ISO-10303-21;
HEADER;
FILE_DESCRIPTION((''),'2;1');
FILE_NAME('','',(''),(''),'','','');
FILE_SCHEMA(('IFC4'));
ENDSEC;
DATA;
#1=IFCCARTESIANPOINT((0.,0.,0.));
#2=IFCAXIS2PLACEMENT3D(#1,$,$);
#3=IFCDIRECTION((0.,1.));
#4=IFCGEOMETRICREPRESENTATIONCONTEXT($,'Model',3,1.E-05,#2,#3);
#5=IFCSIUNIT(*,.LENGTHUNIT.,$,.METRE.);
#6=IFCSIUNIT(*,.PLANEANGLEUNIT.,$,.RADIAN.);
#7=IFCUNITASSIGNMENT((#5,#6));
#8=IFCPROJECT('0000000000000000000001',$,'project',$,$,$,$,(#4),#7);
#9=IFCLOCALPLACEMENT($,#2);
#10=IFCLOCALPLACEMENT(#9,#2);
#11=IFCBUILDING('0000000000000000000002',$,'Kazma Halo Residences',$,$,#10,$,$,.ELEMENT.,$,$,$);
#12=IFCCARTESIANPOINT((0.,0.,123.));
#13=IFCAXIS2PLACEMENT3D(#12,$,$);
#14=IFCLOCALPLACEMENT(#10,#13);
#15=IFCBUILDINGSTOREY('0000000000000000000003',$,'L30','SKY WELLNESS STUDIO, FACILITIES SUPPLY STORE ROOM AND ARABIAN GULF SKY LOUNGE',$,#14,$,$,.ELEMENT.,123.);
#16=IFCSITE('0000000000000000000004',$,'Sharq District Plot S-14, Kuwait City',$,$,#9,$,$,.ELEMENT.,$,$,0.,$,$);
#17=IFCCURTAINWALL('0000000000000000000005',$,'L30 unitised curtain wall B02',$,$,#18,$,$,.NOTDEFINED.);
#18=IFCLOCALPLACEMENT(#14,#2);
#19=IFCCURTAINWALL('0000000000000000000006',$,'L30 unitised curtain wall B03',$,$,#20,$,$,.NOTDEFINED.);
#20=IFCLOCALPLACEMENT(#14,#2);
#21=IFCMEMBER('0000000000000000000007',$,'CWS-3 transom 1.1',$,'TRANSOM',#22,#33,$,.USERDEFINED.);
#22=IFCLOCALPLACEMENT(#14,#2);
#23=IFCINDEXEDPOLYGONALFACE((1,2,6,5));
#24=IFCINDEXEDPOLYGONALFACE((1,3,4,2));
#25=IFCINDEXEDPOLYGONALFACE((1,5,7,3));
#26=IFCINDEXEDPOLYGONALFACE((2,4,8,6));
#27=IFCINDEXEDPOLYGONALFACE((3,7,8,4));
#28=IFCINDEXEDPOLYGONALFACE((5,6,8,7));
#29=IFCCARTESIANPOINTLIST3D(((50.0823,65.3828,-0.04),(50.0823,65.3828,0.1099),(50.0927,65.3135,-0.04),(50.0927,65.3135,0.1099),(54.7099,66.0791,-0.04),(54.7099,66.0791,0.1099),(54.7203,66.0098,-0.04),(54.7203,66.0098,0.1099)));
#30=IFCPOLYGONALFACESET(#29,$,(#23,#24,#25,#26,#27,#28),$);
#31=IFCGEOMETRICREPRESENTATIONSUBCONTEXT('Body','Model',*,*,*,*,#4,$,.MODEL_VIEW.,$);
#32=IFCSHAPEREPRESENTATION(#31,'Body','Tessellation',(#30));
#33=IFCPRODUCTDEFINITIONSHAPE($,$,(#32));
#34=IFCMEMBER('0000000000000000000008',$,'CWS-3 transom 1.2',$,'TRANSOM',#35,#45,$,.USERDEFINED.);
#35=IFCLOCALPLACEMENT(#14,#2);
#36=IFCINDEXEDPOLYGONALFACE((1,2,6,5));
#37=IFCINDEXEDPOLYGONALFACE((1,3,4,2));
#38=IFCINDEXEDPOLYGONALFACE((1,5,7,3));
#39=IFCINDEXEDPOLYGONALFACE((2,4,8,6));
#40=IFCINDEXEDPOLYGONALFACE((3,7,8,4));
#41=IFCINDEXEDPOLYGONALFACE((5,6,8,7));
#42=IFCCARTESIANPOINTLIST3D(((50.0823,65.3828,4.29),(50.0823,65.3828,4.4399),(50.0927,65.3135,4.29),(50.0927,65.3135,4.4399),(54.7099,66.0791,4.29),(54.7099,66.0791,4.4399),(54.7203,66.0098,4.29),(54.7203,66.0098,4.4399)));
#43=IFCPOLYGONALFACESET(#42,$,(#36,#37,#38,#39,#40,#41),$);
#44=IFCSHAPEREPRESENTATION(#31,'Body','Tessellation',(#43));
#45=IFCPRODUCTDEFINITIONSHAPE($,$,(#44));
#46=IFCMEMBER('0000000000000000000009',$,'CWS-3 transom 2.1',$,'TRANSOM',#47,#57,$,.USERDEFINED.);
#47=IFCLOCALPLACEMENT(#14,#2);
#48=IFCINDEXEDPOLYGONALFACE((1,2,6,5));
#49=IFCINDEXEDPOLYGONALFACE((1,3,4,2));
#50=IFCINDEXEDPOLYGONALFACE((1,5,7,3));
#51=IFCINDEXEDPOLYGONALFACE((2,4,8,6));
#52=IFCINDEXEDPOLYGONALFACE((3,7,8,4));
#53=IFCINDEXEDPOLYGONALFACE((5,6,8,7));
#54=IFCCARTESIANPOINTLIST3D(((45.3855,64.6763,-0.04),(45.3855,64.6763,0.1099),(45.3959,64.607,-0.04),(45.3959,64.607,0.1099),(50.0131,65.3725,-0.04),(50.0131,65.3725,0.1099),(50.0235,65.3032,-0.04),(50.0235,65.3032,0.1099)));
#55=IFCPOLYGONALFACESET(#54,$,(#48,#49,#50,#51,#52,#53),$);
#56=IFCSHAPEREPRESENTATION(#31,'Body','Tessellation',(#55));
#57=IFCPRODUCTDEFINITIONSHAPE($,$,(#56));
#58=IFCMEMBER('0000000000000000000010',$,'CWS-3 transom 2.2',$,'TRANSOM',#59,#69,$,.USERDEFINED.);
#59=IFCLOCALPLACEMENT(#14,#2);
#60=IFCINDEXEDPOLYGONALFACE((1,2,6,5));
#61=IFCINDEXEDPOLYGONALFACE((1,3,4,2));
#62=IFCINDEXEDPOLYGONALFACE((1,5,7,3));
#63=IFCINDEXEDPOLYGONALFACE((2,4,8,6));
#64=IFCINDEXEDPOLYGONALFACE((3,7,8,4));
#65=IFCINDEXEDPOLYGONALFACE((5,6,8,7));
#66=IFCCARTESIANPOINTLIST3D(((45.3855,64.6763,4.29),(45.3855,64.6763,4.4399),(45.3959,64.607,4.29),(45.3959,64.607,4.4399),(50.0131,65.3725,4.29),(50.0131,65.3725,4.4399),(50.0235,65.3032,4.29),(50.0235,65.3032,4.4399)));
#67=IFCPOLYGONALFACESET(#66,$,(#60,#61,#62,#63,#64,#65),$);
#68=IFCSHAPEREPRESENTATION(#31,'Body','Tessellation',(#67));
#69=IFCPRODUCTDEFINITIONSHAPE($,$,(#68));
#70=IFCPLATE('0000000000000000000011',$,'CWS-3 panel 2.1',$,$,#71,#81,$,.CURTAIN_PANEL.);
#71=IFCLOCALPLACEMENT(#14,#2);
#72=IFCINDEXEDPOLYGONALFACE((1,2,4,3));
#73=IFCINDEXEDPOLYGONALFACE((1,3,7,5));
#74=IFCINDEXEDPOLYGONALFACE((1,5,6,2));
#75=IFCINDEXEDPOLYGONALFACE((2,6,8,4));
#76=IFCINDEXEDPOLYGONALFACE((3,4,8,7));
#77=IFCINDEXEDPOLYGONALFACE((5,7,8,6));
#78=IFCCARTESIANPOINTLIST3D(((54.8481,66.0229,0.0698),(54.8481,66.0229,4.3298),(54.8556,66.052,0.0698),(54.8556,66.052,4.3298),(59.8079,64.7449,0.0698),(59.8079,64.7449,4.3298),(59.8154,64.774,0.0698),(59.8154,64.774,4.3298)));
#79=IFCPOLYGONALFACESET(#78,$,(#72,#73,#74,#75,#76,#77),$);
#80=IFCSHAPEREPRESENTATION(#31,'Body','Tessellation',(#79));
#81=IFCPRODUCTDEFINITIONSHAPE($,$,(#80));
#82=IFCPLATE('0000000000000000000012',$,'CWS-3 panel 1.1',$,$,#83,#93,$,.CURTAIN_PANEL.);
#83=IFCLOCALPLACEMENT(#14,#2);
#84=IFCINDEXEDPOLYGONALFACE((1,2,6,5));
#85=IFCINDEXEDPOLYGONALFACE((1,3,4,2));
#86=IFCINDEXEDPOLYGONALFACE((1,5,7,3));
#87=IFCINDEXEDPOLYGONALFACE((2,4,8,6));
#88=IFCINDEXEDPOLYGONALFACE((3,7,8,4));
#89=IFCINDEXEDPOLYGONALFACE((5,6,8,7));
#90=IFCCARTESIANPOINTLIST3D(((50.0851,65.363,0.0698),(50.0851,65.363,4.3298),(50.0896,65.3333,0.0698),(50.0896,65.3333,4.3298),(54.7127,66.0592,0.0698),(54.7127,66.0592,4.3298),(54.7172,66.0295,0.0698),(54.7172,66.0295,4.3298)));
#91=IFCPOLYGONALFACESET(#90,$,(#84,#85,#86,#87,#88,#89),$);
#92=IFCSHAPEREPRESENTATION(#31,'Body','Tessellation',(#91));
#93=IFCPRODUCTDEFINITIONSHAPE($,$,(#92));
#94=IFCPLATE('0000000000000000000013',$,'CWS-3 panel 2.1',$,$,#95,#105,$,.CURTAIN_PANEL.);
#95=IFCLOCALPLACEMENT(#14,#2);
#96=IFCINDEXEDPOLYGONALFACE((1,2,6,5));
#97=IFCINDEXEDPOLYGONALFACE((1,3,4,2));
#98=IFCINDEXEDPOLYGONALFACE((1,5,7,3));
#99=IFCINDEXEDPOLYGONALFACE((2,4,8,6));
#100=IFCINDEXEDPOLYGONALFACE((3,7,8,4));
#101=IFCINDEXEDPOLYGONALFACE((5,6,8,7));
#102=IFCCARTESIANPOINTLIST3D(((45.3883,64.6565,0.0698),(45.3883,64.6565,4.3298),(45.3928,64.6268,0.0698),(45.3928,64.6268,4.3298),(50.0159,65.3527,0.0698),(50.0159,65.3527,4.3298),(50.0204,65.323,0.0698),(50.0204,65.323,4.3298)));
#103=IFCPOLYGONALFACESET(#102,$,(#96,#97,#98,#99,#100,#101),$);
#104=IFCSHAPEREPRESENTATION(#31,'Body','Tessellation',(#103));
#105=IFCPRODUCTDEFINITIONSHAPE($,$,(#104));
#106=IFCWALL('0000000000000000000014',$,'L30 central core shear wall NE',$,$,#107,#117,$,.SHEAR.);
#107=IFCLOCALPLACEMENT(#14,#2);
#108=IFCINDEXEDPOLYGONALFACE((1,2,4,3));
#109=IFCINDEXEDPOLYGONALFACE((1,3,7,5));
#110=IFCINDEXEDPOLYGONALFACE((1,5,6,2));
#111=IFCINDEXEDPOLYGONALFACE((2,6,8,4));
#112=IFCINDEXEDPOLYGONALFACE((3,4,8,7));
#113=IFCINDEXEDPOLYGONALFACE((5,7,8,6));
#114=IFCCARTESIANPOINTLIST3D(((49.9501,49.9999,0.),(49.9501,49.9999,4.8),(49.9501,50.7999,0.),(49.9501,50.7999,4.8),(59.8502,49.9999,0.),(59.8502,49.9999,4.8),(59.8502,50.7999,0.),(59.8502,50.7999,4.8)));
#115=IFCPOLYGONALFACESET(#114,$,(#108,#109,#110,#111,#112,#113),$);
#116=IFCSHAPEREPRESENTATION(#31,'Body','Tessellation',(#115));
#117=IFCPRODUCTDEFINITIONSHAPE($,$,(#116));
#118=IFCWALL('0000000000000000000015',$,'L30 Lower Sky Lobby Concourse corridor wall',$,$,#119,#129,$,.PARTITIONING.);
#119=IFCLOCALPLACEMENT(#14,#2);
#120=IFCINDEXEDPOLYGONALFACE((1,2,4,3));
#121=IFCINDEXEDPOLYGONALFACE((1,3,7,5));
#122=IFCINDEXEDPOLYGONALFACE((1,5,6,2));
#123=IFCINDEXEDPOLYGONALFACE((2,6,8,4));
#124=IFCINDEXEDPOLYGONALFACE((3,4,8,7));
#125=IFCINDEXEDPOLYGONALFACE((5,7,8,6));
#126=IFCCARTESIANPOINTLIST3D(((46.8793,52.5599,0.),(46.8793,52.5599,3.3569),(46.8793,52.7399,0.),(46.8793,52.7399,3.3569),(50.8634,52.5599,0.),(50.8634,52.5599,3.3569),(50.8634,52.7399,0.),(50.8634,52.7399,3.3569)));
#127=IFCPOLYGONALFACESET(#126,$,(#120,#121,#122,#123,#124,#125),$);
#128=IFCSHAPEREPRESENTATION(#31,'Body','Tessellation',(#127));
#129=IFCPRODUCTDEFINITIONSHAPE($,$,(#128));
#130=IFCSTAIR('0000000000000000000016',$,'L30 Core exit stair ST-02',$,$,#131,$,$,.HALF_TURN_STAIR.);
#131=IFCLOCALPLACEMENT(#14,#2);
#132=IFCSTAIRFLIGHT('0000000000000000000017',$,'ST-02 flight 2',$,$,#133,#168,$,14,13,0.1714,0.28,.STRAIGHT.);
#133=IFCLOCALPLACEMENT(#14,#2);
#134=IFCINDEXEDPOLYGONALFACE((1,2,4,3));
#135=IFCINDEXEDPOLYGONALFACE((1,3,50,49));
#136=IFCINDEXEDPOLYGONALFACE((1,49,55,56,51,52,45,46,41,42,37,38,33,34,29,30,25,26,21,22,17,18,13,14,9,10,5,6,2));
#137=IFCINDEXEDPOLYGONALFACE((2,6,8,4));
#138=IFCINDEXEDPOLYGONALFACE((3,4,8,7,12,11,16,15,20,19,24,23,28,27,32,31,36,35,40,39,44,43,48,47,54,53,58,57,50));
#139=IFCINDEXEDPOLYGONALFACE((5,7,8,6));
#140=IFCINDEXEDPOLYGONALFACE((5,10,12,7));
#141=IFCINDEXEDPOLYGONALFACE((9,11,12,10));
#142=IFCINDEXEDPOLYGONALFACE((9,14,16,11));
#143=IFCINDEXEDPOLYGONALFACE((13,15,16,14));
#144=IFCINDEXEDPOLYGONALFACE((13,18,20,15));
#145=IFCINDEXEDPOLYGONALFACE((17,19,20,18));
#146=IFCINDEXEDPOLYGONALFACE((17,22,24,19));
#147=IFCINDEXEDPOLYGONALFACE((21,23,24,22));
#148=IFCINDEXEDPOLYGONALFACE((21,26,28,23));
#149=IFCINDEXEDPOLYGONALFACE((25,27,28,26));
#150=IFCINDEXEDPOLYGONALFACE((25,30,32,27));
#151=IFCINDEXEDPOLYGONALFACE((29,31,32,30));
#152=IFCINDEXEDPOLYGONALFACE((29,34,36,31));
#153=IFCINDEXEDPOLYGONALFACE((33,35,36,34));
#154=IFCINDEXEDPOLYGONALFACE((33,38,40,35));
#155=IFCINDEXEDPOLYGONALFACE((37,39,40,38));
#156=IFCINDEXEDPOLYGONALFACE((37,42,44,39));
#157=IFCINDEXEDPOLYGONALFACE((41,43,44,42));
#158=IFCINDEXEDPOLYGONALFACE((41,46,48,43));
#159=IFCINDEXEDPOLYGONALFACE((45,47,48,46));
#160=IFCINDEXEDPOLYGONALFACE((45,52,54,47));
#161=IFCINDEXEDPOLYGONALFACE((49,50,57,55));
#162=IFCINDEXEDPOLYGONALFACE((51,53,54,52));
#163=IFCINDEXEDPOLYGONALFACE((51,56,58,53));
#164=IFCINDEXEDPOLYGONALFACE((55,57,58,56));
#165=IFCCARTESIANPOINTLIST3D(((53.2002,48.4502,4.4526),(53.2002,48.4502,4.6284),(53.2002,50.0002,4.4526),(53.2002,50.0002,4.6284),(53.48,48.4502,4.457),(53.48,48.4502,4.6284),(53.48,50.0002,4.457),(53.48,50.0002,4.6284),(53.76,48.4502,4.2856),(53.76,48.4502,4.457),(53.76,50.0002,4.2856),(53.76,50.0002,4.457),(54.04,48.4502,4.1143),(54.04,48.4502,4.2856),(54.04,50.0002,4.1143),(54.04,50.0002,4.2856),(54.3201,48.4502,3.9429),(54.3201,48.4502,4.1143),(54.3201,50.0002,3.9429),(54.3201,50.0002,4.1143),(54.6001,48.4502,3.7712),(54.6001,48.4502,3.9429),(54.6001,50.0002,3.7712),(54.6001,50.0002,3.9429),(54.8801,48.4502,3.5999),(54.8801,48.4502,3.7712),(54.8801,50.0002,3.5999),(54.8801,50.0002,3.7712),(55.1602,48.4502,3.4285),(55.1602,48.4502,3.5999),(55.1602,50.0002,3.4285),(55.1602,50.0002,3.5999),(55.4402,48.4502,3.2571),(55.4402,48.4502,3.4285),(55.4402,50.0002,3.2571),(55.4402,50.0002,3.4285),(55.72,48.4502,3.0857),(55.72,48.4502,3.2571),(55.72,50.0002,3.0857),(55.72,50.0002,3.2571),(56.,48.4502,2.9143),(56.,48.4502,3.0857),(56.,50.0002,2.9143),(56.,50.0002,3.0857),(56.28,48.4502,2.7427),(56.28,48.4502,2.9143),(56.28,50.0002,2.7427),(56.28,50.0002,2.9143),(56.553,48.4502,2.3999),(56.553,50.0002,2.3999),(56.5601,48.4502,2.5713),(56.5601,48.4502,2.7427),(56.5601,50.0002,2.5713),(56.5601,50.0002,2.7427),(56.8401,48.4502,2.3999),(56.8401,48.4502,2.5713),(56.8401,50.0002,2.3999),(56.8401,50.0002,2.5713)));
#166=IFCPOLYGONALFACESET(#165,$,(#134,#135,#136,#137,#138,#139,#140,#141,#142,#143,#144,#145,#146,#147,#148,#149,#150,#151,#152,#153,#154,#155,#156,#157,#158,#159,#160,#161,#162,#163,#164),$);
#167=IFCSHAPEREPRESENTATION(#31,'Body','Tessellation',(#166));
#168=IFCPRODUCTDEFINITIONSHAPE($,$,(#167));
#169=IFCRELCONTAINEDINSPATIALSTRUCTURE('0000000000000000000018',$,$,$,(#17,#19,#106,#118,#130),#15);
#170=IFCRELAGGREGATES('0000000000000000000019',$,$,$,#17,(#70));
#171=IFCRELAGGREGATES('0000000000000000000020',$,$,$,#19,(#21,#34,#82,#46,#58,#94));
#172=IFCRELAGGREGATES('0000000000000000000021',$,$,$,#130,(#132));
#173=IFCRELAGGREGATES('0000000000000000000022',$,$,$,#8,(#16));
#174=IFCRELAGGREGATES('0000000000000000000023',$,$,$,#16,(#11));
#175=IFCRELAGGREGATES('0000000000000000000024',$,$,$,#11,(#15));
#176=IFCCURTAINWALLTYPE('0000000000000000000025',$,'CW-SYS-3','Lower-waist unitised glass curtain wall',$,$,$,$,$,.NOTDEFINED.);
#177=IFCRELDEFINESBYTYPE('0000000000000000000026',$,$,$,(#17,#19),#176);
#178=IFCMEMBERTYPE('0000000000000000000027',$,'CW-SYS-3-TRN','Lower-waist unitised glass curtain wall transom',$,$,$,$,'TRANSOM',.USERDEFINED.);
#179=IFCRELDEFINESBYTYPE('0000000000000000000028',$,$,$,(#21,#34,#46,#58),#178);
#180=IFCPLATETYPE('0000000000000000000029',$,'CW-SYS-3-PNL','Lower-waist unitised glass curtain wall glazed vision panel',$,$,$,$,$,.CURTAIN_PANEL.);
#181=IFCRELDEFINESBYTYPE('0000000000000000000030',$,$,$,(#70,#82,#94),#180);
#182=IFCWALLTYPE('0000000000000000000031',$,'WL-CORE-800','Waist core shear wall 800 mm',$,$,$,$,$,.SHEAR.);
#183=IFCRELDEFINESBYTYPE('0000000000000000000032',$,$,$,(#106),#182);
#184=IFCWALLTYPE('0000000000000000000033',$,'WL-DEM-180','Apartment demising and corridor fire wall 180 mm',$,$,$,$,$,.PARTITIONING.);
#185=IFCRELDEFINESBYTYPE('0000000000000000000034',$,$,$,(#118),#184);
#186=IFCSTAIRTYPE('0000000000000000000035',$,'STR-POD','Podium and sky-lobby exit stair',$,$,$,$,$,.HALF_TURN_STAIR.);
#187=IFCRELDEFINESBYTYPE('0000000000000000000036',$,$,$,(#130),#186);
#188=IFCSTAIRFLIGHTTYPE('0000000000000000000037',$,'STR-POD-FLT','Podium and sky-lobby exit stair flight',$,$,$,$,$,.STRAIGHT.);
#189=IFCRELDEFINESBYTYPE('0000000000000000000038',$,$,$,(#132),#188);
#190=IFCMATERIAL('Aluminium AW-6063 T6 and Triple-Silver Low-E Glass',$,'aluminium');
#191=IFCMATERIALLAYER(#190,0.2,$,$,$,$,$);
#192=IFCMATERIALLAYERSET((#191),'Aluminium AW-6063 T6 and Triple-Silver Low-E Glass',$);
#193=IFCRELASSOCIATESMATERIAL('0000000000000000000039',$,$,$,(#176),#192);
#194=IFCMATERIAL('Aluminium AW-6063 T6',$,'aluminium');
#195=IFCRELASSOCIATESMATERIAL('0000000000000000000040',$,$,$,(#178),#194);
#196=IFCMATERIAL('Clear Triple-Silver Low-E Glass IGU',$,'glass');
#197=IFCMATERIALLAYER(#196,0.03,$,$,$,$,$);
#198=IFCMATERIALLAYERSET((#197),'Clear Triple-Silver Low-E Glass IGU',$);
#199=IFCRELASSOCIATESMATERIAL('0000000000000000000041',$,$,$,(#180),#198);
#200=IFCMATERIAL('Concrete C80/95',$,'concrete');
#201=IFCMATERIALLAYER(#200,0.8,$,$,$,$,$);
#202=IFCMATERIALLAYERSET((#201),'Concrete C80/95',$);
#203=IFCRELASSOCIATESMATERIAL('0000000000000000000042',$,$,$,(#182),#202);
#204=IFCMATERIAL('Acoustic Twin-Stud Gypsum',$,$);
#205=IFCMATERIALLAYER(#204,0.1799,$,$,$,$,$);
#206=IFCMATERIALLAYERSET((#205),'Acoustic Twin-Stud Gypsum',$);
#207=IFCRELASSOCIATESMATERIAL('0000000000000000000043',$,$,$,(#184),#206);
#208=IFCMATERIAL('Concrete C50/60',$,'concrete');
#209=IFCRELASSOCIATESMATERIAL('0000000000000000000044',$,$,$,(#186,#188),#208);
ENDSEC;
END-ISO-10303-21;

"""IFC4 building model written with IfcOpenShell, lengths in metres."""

from ifc_helpers import new_model, si_unit, direction, frame, frame_2d, origin, origin_2d, place, context, subcontext, project, spatial, polyline, rectangle, outline, extrude, material, layer, layer_set, material_profile, profile_set, type_object, element, aggregate, save


model = new_model("IFC4")

# Units and contexts
model_context = context("Model", 3, precision=1e-05, world=origin(), true_north=direction((0.0, 1.0)))
body_context = subcontext(model_context, "Body", "Model", "MODEL_VIEW")
ifc_project = project(units=[si_unit("LENGTHUNIT", "METRE"), si_unit("PLANEANGLEUNIT", "RADIAN")], contexts=[model_context])

# Site, building, storey
site_placement = place(None, origin())
site = spatial("IfcSite", under=ifc_project, at=site_placement, Name="Sharq District Plot S-14, Kuwait City", CompositionType="ELEMENT", RefElevation=0.0)
building_placement = place(site_placement, origin())
building = spatial("IfcBuilding", under=site, at=building_placement, Name="Kazma Halo Residences", CompositionType="ELEMENT")
storey_placement = place(building_placement, frame((0.0, 0.0, 123.0)))
storey = spatial("IfcBuildingStorey", under=building, at=storey_placement, Name="L30", Description="SKY WELLNESS STUDIO, FACILITIES SUPPLY STORE ROOM AND ARABIAN GULF SKY LOUNGE", CompositionType="ELEMENT", Elevation=123.0)

# Shared definitions
ifc_material_1 = material(Name="Concrete C80/95", Category="concrete")

# Curtain wall
ifc_material_2 = material(Name="Aluminium AW-6063 T6 and Triple-Silver Low-E Glass", Category="aluminium")
ifc_layer_1 = layer(ifc_material_2, 0.2)
ifc_layer_set_1 = layer_set([ifc_layer_1], Name="Aluminium AW-6063 T6 and Triple-Silver Low-E Glass")
curtain_wall_type = type_object("IfcCurtainWallType", Name="CW-SYS-3", Description="Lower-waist unitised glass curtain wall", PredefinedType="NOTDEFINED", material=ifc_layer_set_1)
curtain_wall_1_placement = place(storey_placement, origin())
curtain_wall_1 = element("IfcCurtainWall", 1, at=curtain_wall_1_placement, inside=storey, type_object=curtain_wall_type, Name="L30 unitised curtain wall B02", PredefinedType="NOTDEFINED")
ifc_material_3 = material(Name="Aluminium AW-6063 T6", Category="aluminium")

# Curtain wall, members
curtain_wall_2_placement = place(storey_placement, origin())
curtain_wall_2 = element("IfcCurtainWall", 2, at=curtain_wall_2_placement, inside=storey, type_object=curtain_wall_type, Name="L30 unitised curtain wall B03", PredefinedType="NOTDEFINED")
ifc_material_profile_1 = material_profile(ifc_material_3, rectangle(XDim=0.0701, YDim=0.1499, at=origin_2d()), Name="CWT-70x150")
ifc_profile_set_1 = profile_set([ifc_material_profile_1], Name="Aluminium AW-6063 T6")
member_type_1 = type_object("IfcMemberType", Name="CW-SYS-3-TRN", Description="Lower-waist unitised glass curtain wall transom", ElementType="TRANSOM", PredefinedType="USERDEFINED", material=ifc_profile_set_1)
member_1_placement = place(storey_placement, frame((54.7151, 66.0444, 0.0349), z_axis=(-0.988869, -0.148787, 0.0), x_axis=(0.148787, -0.988869, 0.0)))
member_1 = element("IfcMember", 3, at=member_1_placement, type_object=member_type_1, Name="CWS-3 transom 1.1", ObjectType="TRANSOM", PredefinedType="USERDEFINED", context=body_context, shape_type="SweptSolid", body=[
    extrude(rectangle(XDim=0.0701, YDim=0.1499, at=origin_2d()), origin(), (0.0, 0.0, 1.0), 4.6797),
])
member_2_placement = place(storey_placement, frame((54.7151, 66.0444, 4.365), z_axis=(-0.988869, -0.148787, 0.0), x_axis=(0.148787, -0.988869, 0.0)))
member_2 = element("IfcMember", 4, at=member_2_placement, type_object=member_type_1, Name="CWS-3 transom 1.2", ObjectType="TRANSOM", PredefinedType="USERDEFINED", context=body_context, shape_type="SweptSolid", body=[
    extrude(rectangle(XDim=0.0701, YDim=0.1499, at=origin_2d()), origin(), (0.0, 0.0, 1.0), 4.6797),
])
member_3_placement = place(storey_placement, frame((50.0183, 65.3379, 0.0349), z_axis=(-0.988869, -0.148787, 0.0), x_axis=(0.148787, -0.988869, 0.0)))
member_3 = element("IfcMember", 5, at=member_3_placement, type_object=member_type_1, Name="CWS-3 transom 2.1", ObjectType="TRANSOM", PredefinedType="USERDEFINED", context=body_context, shape_type="SweptSolid", body=[
    extrude(rectangle(XDim=0.0701, YDim=0.1499, at=origin_2d()), origin(), (0.0, 0.0, 1.0), 4.6797),
])
member_4_placement = place(storey_placement, frame((50.0183, 65.3379, 4.365), z_axis=(-0.988869, -0.148787, 0.0), x_axis=(0.148787, -0.988869, 0.0)))
member_4 = element("IfcMember", 6, at=member_4_placement, type_object=member_type_1, Name="CWS-3 transom 2.2", ObjectType="TRANSOM", PredefinedType="USERDEFINED", context=body_context, shape_type="SweptSolid", body=[
    extrude(rectangle(XDim=0.0701, YDim=0.1499, at=origin_2d()), origin(), (0.0, 0.0, 1.0), 4.6797),
])

# Plates
ifc_material_4 = material(Name="Clear Triple-Silver Low-E Glass IGU", Category="glass")
ifc_layer_2 = layer(ifc_material_4, 0.03)
ifc_layer_set_2 = layer_set([ifc_layer_2], Name="Clear Triple-Silver Low-E Glass IGU")
plate_type = type_object("IfcPlateType", Name="CW-SYS-3-PNL", Description="Lower-waist unitised glass curtain wall glazed vision panel", PredefinedType="CURTAIN_PANEL", material=ifc_layer_set_2)
plate_1_placement = place(storey_placement, frame((57.3318, 65.3984, 0.0698), z_axis=(0.0, 0.0, 1.0), x_axis=(-0.968368, 0.249525, 0.0)))
plate_1 = element("IfcPlate", 7, at=plate_1_placement, type_object=plate_type, Name="CWS-3 panel 2.1", PredefinedType="CURTAIN_PANEL", context=body_context, shape_type="SweptSolid", body=[
    extrude(rectangle(XDim=5.1218, YDim=0.03, at=origin_2d()), origin(), (0.0, 0.0, 1.0), 4.26),
])
aggregate(curtain_wall_1, [plate_1])
plate_2_placement = place(storey_placement, frame((52.4011, 65.6963, 0.0698), z_axis=(0.0, 0.0, 1.0), x_axis=(-0.988872, -0.148768, 0.0)))
plate_2 = element("IfcPlate", 8, at=plate_2_placement, type_object=plate_type, Name="CWS-3 panel 1.1", PredefinedType="CURTAIN_PANEL", context=body_context, shape_type="SweptSolid", body=[
    extrude(rectangle(XDim=4.6797, YDim=0.03, at=origin_2d()), origin(), (0.0, 0.0, 1.0), 4.26),
])
plate_3_placement = place(storey_placement, frame((47.7043, 64.9897, 0.0698), z_axis=(0.0, 0.0, 1.0), x_axis=(-0.988872, -0.148768, 0.0)))
plate_3 = element("IfcPlate", 9, at=plate_3_placement, type_object=plate_type, Name="CWS-3 panel 2.1", PredefinedType="CURTAIN_PANEL", context=body_context, shape_type="SweptSolid", body=[
    extrude(rectangle(XDim=4.6797, YDim=0.03, at=origin_2d()), origin(), (0.0, 0.0, 1.0), 4.26),
])
aggregate(curtain_wall_2, [member_1, member_2, plate_2, member_3, member_4, plate_3])

# Wall
ifc_layer_3 = layer(ifc_material_1, 0.8)
ifc_layer_set_3 = layer_set([ifc_layer_3], Name="Concrete C80/95")
wall_type_1 = type_object("IfcWallType", Name="WL-CORE-800", Description="Waist core shear wall 800 mm", PredefinedType="SHEAR", material=ifc_layer_set_3)
wall_1_placement = place(storey_placement, frame((49.95, 50.3999, 0.0), z_axis=(0.0, 0.0, 1.0), x_axis=(1.0, 0.0, 0.0)))
element("IfcWall", 10, at=wall_1_placement, inside=storey, type_object=wall_type_1, Name="L30 central core shear wall NE", PredefinedType="SHEAR", context=body_context, shape_type="SweptSolid", body=[
    extrude(rectangle(XDim=9.9001, YDim=0.8, at=frame_2d((4.9502, 0.0))), origin(), (0.0, 0.0, 1.0), 4.8),
])

# Shared definitions
ifc_material_5 = material(Name="Acoustic Twin-Stud Gypsum")
ifc_layer_4 = layer(ifc_material_5, 0.1799)
ifc_layer_set_4 = layer_set([ifc_layer_4], Name="Acoustic Twin-Stud Gypsum")
wall_type_2 = type_object("IfcWallType", Name="WL-DEM-180", Description="Apartment demising and corridor fire wall 180 mm", PredefinedType="PARTITIONING", material=ifc_layer_set_4)

# Wall
wall_2_placement = place(storey_placement, frame((50.8635, 52.6499, 0.0), z_axis=(0.0, 0.0, 1.0), x_axis=(-1.0, 0.0, 0.0)))
element("IfcWall", 11, at=wall_2_placement, inside=storey, type_object=wall_type_2, Name="L30 Lower Sky Lobby Concourse corridor wall", PredefinedType="PARTITIONING", context=body_context, shape_type="SweptSolid", body=[
    extrude(rectangle(XDim=3.9841, YDim=0.1799, at=frame_2d((1.9922, 0.0))), origin(), (0.0, 0.0, 1.0), 3.3569),
])

# Stair, stair flight
ifc_material_6 = material(Name="Concrete C50/60", Category="concrete")
stair_type = type_object("IfcStairType", Name="STR-POD", Description="Podium and sky-lobby exit stair", PredefinedType="HALF_TURN_STAIR", material=ifc_material_6)
stair_placement = place(storey_placement, origin())
stair = element("IfcStair", 12, at=stair_placement, inside=storey, type_object=stair_type, Name="L30 Core exit stair ST-02", PredefinedType="HALF_TURN_STAIR")
stair_flight_type = type_object("IfcStairFlightType", Name="STR-POD-FLT", Description="Podium and sky-lobby exit stair flight", PredefinedType="STRAIGHT", material=ifc_material_6)
stair_flight_placement = place(storey_placement, frame((56.8401, 49.2251, 2.3999), z_axis=(0.0, 0.0, 1.0), x_axis=(-1.0, 0.0, 0.0)))
stair_flight = element("IfcStairFlight", 13, at=stair_flight_placement, type_object=stair_flight_type, Name="ST-02 flight 2", NumberOfRisers=14, NumberOfTreads=13, PredefinedType="STRAIGHT", RiserHeight=0.1714, TreadLength=0.28, context=body_context, shape_type="SweptSolid", body=[
    extrude(outline(polyline([(0.0, 0.0), (0.0, 0.1714), (0.28, 0.1714), (0.28, 0.3428), (0.5601, 0.3428), (0.5601, 0.5144), (0.8401, 0.5144), (0.8401, 0.6858), (1.1201, 0.6858), (1.1201, 0.8572), (1.3999, 0.8572), (1.3999, 1.0286), (1.6799, 1.0286), (1.6799, 1.2), (1.96, 1.2), (1.96, 1.3713), (2.24, 1.3713), (2.24, 1.543), (2.52, 1.543), (2.52, 1.7144), (2.8, 1.7144), (2.8, 1.8857), (3.0801, 1.8857), (3.0801, 2.0571), (3.3601, 2.0571), (3.3601, 2.2285), (3.6399, 2.2285), (3.6399, 2.3999), (3.6399, 2.0527), (0.2871, 0.0), (0.0, 0.0)])), frame((0.0, 0.7749, 0.0), z_axis=(0.0, -1.0, 0.0), x_axis=(1.0, 0.0, 0.0)), (0.0, 0.0, 1.0), 1.55),
])
aggregate(stair, [stair_flight])

save(model, "model.ifc")
